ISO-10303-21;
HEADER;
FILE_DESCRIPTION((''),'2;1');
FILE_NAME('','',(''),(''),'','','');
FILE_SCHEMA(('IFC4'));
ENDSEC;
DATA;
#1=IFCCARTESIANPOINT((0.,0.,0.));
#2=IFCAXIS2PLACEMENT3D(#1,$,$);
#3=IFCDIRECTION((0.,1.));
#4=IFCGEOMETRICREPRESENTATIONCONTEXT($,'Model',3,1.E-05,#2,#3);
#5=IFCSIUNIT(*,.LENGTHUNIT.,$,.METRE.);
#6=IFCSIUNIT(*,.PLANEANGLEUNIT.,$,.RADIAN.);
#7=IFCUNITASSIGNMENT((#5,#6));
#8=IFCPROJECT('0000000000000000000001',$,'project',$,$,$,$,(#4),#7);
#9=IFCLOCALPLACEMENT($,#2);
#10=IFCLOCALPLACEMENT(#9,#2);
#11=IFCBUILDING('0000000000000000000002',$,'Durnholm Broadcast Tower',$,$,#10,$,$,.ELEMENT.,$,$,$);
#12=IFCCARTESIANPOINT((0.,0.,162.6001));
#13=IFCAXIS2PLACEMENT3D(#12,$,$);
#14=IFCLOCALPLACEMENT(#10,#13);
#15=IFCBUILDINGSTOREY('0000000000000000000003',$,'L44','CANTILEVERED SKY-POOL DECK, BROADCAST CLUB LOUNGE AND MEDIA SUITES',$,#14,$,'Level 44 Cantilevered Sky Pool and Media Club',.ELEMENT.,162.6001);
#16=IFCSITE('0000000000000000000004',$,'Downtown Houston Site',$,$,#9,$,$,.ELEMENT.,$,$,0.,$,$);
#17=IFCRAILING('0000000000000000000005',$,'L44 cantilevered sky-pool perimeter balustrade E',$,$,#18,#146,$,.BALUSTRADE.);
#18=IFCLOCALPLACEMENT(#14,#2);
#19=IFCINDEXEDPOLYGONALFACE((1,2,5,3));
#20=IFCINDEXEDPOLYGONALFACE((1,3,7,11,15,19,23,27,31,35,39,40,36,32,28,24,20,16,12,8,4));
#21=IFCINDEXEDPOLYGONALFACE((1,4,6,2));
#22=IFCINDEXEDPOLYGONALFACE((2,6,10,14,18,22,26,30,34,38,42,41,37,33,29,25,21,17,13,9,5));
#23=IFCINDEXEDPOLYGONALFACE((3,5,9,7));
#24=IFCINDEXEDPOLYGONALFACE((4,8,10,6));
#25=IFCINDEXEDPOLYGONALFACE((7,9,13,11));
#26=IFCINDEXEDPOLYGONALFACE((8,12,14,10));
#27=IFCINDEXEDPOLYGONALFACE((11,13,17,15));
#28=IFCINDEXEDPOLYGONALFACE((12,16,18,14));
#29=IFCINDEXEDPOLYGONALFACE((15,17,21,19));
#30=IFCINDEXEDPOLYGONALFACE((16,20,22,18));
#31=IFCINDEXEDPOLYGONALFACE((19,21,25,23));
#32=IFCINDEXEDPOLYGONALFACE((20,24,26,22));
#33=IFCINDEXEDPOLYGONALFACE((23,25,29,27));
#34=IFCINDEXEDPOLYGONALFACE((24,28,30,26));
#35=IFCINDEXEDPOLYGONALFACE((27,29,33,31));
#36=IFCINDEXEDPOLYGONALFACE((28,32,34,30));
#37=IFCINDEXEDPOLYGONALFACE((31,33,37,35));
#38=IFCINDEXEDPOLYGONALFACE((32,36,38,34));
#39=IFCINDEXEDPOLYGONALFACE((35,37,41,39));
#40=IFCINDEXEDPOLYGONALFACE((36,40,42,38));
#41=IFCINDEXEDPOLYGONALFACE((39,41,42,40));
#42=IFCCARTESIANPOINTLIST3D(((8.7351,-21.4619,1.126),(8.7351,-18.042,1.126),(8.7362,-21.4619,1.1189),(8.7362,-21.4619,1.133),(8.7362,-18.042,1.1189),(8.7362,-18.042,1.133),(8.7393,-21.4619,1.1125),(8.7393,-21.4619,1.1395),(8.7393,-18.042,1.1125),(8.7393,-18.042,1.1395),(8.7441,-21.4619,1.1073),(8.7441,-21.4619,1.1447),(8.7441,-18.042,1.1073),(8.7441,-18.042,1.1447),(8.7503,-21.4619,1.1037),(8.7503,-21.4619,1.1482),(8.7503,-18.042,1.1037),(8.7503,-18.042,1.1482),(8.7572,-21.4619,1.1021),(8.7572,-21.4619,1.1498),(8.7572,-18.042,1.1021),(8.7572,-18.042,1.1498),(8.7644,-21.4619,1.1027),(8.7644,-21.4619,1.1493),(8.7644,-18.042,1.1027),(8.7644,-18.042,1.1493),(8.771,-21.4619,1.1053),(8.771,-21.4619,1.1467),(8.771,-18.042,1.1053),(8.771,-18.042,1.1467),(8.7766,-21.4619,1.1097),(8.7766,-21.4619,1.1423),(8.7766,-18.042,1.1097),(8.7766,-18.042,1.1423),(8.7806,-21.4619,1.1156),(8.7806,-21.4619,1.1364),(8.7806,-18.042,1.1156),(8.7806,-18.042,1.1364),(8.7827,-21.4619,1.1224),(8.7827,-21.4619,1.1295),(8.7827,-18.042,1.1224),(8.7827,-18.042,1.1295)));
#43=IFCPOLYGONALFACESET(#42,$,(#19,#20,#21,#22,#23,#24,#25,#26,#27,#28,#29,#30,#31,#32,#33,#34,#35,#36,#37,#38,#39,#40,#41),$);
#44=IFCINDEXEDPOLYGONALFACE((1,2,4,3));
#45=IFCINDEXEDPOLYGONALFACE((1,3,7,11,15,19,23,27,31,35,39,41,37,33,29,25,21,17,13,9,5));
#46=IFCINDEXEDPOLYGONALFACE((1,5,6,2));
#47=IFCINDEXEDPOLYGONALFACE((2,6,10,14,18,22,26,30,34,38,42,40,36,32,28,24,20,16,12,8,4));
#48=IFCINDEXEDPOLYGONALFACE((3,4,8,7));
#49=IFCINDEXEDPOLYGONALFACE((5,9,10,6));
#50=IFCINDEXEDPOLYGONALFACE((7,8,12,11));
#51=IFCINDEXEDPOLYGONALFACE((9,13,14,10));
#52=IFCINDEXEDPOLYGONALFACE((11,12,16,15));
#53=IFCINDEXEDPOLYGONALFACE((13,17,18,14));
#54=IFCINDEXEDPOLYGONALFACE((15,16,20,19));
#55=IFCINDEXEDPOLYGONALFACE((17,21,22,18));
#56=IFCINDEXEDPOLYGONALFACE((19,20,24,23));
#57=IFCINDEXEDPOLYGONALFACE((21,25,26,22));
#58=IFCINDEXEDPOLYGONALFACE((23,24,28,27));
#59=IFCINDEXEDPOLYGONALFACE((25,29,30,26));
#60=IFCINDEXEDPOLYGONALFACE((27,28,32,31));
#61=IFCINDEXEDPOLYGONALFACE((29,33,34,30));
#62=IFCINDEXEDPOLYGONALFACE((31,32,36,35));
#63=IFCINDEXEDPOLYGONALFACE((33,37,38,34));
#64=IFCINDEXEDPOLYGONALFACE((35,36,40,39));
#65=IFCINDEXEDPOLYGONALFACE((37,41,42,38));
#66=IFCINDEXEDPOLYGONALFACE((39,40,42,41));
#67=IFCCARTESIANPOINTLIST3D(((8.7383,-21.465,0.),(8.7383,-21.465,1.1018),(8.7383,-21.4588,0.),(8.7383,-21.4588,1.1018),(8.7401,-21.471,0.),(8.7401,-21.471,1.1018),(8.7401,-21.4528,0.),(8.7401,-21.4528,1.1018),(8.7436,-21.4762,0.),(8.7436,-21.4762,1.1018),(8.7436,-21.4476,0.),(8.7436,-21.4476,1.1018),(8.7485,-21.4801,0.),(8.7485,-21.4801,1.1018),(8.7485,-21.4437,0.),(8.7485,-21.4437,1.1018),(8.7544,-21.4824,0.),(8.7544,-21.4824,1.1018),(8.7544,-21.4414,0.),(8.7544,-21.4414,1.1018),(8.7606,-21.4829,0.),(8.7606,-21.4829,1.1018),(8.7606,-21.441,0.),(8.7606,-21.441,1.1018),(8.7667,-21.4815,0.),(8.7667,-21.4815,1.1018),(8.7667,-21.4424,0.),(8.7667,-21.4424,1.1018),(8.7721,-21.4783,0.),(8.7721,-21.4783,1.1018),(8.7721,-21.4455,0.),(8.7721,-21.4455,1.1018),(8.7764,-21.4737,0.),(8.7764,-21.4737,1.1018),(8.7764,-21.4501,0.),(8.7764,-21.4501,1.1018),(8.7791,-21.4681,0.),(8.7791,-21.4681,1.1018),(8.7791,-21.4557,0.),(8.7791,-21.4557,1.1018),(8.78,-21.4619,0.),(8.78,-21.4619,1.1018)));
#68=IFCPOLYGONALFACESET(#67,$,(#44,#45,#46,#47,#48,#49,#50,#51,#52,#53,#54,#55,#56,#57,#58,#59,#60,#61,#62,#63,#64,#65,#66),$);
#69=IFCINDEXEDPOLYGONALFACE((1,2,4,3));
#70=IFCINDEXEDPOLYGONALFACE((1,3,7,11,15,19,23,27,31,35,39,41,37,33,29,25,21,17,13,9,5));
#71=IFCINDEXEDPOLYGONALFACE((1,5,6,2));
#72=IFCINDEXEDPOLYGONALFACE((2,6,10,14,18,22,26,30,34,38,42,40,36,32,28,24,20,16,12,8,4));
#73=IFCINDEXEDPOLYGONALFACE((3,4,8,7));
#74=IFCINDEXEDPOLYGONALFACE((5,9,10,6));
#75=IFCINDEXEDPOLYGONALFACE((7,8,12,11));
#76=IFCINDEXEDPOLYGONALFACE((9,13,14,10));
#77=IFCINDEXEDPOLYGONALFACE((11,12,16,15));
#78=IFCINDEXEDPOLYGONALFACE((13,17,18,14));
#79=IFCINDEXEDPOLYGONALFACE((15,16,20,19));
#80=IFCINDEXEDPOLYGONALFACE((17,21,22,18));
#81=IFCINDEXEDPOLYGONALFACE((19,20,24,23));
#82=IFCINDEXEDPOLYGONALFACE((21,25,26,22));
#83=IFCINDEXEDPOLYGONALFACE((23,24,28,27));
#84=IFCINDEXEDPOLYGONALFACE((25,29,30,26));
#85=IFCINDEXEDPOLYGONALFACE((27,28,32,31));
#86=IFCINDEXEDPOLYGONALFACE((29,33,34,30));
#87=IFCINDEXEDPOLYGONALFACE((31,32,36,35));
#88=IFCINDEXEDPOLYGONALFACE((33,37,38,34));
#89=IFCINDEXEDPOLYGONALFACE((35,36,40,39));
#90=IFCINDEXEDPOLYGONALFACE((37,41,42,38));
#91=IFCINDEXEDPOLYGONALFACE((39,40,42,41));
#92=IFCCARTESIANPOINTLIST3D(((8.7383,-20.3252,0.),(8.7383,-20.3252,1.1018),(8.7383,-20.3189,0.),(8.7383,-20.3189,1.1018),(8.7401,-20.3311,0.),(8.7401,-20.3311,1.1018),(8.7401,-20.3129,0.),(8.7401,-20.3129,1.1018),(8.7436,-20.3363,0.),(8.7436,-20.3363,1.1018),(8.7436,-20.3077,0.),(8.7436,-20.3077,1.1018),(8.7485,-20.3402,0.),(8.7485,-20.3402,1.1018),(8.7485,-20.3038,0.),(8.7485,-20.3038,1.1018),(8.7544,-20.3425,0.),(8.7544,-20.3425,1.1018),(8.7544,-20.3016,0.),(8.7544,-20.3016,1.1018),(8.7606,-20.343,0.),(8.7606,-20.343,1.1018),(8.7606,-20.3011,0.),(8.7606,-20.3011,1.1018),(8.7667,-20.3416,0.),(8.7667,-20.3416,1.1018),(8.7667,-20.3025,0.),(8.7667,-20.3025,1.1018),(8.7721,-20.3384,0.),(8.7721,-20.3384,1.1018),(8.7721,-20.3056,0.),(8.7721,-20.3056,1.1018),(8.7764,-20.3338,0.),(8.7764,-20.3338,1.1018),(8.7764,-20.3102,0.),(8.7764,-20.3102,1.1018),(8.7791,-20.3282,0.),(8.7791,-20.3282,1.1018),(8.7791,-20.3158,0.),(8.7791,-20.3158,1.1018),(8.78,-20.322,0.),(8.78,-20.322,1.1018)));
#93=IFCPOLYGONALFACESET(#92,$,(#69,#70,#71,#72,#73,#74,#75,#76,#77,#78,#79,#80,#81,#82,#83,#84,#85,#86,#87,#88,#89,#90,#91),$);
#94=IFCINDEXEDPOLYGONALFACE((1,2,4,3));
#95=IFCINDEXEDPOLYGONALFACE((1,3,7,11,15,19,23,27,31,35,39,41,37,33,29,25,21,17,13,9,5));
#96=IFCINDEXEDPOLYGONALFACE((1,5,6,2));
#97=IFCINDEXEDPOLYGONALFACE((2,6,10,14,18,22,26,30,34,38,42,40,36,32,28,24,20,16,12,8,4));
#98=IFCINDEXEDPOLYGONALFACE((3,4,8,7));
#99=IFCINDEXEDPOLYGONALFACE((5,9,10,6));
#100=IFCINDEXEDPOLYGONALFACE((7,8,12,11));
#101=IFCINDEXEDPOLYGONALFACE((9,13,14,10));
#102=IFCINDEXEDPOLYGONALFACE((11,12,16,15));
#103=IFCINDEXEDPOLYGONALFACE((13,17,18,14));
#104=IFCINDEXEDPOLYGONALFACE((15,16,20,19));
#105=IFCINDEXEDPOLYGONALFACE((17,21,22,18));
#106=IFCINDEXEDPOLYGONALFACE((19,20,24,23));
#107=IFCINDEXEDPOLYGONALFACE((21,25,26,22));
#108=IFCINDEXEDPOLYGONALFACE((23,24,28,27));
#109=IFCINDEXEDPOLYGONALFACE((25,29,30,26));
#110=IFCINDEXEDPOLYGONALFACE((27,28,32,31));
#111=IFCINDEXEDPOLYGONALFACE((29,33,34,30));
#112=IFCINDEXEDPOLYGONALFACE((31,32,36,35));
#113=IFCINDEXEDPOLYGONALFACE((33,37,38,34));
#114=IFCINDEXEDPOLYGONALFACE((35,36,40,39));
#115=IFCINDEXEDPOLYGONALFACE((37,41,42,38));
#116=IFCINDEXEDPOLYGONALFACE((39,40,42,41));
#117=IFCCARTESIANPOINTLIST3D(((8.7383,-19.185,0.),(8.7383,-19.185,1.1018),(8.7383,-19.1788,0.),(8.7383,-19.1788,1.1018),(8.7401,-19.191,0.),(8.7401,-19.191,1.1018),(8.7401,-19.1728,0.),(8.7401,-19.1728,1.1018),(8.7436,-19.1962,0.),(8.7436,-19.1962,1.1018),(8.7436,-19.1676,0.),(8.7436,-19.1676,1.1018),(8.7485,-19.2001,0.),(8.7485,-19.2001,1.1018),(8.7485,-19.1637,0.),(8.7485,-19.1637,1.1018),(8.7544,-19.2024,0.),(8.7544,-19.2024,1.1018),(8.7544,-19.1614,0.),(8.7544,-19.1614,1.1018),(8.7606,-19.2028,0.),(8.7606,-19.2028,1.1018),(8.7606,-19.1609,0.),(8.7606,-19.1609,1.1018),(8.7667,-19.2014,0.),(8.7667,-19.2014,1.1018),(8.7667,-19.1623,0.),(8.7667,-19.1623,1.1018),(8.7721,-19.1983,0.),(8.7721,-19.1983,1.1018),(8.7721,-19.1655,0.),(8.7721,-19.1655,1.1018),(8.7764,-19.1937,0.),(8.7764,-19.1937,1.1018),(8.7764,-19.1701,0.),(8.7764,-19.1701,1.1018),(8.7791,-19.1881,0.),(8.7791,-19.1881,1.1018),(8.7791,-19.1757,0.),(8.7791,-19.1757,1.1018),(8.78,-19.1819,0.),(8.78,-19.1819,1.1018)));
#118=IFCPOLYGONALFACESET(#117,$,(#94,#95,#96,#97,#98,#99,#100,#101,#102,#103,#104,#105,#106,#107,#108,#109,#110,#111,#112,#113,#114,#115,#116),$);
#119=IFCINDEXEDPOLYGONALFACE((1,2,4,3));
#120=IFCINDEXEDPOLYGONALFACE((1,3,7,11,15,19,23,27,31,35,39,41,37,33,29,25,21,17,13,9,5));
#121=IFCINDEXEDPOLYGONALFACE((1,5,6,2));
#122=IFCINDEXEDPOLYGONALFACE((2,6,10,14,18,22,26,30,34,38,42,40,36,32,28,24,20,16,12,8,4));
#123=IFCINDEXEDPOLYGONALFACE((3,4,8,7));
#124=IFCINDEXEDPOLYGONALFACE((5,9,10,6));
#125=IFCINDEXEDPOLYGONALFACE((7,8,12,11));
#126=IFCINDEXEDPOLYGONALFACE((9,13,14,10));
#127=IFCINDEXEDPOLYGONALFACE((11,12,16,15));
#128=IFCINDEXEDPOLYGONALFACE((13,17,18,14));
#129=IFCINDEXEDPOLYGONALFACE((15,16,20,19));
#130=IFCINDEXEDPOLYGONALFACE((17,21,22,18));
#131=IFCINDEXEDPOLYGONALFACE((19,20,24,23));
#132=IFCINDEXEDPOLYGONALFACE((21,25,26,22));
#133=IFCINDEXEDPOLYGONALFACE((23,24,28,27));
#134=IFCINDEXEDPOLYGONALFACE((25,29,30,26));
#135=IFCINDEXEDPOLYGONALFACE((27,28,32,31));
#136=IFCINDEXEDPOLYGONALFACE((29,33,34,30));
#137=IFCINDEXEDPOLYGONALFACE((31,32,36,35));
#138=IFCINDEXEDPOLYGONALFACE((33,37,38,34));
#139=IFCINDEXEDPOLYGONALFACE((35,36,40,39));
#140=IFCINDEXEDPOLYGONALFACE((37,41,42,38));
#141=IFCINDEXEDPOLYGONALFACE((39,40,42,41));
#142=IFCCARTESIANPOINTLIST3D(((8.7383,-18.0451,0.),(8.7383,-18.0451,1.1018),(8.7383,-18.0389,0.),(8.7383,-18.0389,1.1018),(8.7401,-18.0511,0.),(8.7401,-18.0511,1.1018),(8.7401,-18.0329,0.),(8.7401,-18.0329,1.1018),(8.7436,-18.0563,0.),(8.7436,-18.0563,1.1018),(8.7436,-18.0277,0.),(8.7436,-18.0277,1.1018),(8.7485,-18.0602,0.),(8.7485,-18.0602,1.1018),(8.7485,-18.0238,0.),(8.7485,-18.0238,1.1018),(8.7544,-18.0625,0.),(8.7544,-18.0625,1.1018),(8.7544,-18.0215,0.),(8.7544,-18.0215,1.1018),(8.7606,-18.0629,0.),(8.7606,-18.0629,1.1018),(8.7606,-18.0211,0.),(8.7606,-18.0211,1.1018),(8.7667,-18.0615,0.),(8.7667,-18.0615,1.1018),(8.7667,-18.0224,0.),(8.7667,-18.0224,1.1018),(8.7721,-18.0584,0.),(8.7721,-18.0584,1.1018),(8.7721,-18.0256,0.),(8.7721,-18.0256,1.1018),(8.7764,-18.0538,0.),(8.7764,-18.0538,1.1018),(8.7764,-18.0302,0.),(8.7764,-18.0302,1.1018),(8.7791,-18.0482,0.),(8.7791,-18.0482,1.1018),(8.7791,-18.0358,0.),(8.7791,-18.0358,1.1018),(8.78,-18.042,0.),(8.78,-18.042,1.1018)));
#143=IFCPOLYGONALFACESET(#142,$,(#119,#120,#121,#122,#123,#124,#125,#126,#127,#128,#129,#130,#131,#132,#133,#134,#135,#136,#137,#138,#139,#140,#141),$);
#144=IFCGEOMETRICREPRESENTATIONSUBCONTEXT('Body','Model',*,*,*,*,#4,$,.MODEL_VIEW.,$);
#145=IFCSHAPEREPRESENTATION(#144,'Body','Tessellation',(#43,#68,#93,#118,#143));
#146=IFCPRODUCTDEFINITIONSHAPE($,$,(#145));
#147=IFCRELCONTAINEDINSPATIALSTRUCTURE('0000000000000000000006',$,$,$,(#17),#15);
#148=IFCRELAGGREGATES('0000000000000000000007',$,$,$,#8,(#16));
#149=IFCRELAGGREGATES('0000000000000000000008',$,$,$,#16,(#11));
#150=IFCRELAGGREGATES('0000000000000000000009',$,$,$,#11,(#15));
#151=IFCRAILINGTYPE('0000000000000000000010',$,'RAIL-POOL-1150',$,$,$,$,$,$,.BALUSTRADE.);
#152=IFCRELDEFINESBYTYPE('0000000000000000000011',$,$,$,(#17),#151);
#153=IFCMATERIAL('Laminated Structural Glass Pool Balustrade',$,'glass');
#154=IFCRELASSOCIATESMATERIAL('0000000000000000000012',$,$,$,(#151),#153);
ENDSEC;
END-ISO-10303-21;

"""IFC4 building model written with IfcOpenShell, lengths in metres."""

from ifc_helpers import new_model, si_unit, direction, frame, origin, origin_2d, place, context, subcontext, project, spatial, circle, extrude, material, type_object, element, save


model = new_model("IFC4")

# Units and contexts
model_context = context("Model", 3, precision=1e-05, world=origin(), true_north=direction((0.0, 1.0)))
body_context = subcontext(model_context, "Body", "Model", "MODEL_VIEW")
ifc_project = project(units=[si_unit("LENGTHUNIT", "METRE"), si_unit("PLANEANGLEUNIT", "RADIAN")], contexts=[model_context])

# Site, building, storey
site_placement = place(None, origin())
site = spatial("IfcSite", under=ifc_project, at=site_placement, Name="Downtown Houston Site", CompositionType="ELEMENT", RefElevation=0.0)
building_placement = place(site_placement, origin())
building = spatial("IfcBuilding", under=site, at=building_placement, Name="Durnholm Broadcast Tower", CompositionType="ELEMENT")
storey_placement = place(building_placement, frame((0.0, 0.0, 162.6001)))
storey = spatial("IfcBuildingStorey", under=building, at=storey_placement, Name="L44", Description="CANTILEVERED SKY-POOL DECK, BROADCAST CLUB LOUNGE AND MEDIA SUITES", LongName="Level 44 Cantilevered Sky Pool and Media Club", CompositionType="ELEMENT", Elevation=162.6001)

# Railing
ifc_material_1 = material(Name="Laminated Structural Glass Pool Balustrade", Category="glass")
railing_type = type_object("IfcRailingType", Name="RAIL-POOL-1150", PredefinedType="BALUSTRADE", material=ifc_material_1)
railing_placement = place(storey_placement, frame((8.759, -21.4619, 0.0)))
element("IfcRailing", 1, at=railing_placement, inside=storey, type_object=railing_type, Name="L44 cantilevered sky-pool perimeter balustrade E", PredefinedType="BALUSTRADE", context=body_context, shape_type="SweptSolid", body=[
    extrude(circle(Radius=0.0239, at=origin_2d()), frame((0.0, 0.0, 1.126), z_axis=(0.0, 1.0, 0.0), x_axis=(-1.0, 0.0, 0.0)), (0.0, 0.0, 1.0), 3.4199),
    extrude(circle(Radius=0.021, at=origin_2d()), origin(), (0.0, 0.0, 1.0), 1.1018),
    extrude(circle(Radius=0.021, at=origin_2d()), frame((0.0, 1.1399, 0.0)), (0.0, 0.0, 1.0), 1.1018),
    extrude(circle(Radius=0.021, at=origin_2d()), frame((0.0, 2.28, 0.0)), (0.0, 0.0, 1.0), 1.1018),
    extrude(circle(Radius=0.021, at=origin_2d()), frame((0.0, 3.4199, 0.0)), (0.0, 0.0, 1.0), 1.1018),
])

save(model, "model.ifc")
